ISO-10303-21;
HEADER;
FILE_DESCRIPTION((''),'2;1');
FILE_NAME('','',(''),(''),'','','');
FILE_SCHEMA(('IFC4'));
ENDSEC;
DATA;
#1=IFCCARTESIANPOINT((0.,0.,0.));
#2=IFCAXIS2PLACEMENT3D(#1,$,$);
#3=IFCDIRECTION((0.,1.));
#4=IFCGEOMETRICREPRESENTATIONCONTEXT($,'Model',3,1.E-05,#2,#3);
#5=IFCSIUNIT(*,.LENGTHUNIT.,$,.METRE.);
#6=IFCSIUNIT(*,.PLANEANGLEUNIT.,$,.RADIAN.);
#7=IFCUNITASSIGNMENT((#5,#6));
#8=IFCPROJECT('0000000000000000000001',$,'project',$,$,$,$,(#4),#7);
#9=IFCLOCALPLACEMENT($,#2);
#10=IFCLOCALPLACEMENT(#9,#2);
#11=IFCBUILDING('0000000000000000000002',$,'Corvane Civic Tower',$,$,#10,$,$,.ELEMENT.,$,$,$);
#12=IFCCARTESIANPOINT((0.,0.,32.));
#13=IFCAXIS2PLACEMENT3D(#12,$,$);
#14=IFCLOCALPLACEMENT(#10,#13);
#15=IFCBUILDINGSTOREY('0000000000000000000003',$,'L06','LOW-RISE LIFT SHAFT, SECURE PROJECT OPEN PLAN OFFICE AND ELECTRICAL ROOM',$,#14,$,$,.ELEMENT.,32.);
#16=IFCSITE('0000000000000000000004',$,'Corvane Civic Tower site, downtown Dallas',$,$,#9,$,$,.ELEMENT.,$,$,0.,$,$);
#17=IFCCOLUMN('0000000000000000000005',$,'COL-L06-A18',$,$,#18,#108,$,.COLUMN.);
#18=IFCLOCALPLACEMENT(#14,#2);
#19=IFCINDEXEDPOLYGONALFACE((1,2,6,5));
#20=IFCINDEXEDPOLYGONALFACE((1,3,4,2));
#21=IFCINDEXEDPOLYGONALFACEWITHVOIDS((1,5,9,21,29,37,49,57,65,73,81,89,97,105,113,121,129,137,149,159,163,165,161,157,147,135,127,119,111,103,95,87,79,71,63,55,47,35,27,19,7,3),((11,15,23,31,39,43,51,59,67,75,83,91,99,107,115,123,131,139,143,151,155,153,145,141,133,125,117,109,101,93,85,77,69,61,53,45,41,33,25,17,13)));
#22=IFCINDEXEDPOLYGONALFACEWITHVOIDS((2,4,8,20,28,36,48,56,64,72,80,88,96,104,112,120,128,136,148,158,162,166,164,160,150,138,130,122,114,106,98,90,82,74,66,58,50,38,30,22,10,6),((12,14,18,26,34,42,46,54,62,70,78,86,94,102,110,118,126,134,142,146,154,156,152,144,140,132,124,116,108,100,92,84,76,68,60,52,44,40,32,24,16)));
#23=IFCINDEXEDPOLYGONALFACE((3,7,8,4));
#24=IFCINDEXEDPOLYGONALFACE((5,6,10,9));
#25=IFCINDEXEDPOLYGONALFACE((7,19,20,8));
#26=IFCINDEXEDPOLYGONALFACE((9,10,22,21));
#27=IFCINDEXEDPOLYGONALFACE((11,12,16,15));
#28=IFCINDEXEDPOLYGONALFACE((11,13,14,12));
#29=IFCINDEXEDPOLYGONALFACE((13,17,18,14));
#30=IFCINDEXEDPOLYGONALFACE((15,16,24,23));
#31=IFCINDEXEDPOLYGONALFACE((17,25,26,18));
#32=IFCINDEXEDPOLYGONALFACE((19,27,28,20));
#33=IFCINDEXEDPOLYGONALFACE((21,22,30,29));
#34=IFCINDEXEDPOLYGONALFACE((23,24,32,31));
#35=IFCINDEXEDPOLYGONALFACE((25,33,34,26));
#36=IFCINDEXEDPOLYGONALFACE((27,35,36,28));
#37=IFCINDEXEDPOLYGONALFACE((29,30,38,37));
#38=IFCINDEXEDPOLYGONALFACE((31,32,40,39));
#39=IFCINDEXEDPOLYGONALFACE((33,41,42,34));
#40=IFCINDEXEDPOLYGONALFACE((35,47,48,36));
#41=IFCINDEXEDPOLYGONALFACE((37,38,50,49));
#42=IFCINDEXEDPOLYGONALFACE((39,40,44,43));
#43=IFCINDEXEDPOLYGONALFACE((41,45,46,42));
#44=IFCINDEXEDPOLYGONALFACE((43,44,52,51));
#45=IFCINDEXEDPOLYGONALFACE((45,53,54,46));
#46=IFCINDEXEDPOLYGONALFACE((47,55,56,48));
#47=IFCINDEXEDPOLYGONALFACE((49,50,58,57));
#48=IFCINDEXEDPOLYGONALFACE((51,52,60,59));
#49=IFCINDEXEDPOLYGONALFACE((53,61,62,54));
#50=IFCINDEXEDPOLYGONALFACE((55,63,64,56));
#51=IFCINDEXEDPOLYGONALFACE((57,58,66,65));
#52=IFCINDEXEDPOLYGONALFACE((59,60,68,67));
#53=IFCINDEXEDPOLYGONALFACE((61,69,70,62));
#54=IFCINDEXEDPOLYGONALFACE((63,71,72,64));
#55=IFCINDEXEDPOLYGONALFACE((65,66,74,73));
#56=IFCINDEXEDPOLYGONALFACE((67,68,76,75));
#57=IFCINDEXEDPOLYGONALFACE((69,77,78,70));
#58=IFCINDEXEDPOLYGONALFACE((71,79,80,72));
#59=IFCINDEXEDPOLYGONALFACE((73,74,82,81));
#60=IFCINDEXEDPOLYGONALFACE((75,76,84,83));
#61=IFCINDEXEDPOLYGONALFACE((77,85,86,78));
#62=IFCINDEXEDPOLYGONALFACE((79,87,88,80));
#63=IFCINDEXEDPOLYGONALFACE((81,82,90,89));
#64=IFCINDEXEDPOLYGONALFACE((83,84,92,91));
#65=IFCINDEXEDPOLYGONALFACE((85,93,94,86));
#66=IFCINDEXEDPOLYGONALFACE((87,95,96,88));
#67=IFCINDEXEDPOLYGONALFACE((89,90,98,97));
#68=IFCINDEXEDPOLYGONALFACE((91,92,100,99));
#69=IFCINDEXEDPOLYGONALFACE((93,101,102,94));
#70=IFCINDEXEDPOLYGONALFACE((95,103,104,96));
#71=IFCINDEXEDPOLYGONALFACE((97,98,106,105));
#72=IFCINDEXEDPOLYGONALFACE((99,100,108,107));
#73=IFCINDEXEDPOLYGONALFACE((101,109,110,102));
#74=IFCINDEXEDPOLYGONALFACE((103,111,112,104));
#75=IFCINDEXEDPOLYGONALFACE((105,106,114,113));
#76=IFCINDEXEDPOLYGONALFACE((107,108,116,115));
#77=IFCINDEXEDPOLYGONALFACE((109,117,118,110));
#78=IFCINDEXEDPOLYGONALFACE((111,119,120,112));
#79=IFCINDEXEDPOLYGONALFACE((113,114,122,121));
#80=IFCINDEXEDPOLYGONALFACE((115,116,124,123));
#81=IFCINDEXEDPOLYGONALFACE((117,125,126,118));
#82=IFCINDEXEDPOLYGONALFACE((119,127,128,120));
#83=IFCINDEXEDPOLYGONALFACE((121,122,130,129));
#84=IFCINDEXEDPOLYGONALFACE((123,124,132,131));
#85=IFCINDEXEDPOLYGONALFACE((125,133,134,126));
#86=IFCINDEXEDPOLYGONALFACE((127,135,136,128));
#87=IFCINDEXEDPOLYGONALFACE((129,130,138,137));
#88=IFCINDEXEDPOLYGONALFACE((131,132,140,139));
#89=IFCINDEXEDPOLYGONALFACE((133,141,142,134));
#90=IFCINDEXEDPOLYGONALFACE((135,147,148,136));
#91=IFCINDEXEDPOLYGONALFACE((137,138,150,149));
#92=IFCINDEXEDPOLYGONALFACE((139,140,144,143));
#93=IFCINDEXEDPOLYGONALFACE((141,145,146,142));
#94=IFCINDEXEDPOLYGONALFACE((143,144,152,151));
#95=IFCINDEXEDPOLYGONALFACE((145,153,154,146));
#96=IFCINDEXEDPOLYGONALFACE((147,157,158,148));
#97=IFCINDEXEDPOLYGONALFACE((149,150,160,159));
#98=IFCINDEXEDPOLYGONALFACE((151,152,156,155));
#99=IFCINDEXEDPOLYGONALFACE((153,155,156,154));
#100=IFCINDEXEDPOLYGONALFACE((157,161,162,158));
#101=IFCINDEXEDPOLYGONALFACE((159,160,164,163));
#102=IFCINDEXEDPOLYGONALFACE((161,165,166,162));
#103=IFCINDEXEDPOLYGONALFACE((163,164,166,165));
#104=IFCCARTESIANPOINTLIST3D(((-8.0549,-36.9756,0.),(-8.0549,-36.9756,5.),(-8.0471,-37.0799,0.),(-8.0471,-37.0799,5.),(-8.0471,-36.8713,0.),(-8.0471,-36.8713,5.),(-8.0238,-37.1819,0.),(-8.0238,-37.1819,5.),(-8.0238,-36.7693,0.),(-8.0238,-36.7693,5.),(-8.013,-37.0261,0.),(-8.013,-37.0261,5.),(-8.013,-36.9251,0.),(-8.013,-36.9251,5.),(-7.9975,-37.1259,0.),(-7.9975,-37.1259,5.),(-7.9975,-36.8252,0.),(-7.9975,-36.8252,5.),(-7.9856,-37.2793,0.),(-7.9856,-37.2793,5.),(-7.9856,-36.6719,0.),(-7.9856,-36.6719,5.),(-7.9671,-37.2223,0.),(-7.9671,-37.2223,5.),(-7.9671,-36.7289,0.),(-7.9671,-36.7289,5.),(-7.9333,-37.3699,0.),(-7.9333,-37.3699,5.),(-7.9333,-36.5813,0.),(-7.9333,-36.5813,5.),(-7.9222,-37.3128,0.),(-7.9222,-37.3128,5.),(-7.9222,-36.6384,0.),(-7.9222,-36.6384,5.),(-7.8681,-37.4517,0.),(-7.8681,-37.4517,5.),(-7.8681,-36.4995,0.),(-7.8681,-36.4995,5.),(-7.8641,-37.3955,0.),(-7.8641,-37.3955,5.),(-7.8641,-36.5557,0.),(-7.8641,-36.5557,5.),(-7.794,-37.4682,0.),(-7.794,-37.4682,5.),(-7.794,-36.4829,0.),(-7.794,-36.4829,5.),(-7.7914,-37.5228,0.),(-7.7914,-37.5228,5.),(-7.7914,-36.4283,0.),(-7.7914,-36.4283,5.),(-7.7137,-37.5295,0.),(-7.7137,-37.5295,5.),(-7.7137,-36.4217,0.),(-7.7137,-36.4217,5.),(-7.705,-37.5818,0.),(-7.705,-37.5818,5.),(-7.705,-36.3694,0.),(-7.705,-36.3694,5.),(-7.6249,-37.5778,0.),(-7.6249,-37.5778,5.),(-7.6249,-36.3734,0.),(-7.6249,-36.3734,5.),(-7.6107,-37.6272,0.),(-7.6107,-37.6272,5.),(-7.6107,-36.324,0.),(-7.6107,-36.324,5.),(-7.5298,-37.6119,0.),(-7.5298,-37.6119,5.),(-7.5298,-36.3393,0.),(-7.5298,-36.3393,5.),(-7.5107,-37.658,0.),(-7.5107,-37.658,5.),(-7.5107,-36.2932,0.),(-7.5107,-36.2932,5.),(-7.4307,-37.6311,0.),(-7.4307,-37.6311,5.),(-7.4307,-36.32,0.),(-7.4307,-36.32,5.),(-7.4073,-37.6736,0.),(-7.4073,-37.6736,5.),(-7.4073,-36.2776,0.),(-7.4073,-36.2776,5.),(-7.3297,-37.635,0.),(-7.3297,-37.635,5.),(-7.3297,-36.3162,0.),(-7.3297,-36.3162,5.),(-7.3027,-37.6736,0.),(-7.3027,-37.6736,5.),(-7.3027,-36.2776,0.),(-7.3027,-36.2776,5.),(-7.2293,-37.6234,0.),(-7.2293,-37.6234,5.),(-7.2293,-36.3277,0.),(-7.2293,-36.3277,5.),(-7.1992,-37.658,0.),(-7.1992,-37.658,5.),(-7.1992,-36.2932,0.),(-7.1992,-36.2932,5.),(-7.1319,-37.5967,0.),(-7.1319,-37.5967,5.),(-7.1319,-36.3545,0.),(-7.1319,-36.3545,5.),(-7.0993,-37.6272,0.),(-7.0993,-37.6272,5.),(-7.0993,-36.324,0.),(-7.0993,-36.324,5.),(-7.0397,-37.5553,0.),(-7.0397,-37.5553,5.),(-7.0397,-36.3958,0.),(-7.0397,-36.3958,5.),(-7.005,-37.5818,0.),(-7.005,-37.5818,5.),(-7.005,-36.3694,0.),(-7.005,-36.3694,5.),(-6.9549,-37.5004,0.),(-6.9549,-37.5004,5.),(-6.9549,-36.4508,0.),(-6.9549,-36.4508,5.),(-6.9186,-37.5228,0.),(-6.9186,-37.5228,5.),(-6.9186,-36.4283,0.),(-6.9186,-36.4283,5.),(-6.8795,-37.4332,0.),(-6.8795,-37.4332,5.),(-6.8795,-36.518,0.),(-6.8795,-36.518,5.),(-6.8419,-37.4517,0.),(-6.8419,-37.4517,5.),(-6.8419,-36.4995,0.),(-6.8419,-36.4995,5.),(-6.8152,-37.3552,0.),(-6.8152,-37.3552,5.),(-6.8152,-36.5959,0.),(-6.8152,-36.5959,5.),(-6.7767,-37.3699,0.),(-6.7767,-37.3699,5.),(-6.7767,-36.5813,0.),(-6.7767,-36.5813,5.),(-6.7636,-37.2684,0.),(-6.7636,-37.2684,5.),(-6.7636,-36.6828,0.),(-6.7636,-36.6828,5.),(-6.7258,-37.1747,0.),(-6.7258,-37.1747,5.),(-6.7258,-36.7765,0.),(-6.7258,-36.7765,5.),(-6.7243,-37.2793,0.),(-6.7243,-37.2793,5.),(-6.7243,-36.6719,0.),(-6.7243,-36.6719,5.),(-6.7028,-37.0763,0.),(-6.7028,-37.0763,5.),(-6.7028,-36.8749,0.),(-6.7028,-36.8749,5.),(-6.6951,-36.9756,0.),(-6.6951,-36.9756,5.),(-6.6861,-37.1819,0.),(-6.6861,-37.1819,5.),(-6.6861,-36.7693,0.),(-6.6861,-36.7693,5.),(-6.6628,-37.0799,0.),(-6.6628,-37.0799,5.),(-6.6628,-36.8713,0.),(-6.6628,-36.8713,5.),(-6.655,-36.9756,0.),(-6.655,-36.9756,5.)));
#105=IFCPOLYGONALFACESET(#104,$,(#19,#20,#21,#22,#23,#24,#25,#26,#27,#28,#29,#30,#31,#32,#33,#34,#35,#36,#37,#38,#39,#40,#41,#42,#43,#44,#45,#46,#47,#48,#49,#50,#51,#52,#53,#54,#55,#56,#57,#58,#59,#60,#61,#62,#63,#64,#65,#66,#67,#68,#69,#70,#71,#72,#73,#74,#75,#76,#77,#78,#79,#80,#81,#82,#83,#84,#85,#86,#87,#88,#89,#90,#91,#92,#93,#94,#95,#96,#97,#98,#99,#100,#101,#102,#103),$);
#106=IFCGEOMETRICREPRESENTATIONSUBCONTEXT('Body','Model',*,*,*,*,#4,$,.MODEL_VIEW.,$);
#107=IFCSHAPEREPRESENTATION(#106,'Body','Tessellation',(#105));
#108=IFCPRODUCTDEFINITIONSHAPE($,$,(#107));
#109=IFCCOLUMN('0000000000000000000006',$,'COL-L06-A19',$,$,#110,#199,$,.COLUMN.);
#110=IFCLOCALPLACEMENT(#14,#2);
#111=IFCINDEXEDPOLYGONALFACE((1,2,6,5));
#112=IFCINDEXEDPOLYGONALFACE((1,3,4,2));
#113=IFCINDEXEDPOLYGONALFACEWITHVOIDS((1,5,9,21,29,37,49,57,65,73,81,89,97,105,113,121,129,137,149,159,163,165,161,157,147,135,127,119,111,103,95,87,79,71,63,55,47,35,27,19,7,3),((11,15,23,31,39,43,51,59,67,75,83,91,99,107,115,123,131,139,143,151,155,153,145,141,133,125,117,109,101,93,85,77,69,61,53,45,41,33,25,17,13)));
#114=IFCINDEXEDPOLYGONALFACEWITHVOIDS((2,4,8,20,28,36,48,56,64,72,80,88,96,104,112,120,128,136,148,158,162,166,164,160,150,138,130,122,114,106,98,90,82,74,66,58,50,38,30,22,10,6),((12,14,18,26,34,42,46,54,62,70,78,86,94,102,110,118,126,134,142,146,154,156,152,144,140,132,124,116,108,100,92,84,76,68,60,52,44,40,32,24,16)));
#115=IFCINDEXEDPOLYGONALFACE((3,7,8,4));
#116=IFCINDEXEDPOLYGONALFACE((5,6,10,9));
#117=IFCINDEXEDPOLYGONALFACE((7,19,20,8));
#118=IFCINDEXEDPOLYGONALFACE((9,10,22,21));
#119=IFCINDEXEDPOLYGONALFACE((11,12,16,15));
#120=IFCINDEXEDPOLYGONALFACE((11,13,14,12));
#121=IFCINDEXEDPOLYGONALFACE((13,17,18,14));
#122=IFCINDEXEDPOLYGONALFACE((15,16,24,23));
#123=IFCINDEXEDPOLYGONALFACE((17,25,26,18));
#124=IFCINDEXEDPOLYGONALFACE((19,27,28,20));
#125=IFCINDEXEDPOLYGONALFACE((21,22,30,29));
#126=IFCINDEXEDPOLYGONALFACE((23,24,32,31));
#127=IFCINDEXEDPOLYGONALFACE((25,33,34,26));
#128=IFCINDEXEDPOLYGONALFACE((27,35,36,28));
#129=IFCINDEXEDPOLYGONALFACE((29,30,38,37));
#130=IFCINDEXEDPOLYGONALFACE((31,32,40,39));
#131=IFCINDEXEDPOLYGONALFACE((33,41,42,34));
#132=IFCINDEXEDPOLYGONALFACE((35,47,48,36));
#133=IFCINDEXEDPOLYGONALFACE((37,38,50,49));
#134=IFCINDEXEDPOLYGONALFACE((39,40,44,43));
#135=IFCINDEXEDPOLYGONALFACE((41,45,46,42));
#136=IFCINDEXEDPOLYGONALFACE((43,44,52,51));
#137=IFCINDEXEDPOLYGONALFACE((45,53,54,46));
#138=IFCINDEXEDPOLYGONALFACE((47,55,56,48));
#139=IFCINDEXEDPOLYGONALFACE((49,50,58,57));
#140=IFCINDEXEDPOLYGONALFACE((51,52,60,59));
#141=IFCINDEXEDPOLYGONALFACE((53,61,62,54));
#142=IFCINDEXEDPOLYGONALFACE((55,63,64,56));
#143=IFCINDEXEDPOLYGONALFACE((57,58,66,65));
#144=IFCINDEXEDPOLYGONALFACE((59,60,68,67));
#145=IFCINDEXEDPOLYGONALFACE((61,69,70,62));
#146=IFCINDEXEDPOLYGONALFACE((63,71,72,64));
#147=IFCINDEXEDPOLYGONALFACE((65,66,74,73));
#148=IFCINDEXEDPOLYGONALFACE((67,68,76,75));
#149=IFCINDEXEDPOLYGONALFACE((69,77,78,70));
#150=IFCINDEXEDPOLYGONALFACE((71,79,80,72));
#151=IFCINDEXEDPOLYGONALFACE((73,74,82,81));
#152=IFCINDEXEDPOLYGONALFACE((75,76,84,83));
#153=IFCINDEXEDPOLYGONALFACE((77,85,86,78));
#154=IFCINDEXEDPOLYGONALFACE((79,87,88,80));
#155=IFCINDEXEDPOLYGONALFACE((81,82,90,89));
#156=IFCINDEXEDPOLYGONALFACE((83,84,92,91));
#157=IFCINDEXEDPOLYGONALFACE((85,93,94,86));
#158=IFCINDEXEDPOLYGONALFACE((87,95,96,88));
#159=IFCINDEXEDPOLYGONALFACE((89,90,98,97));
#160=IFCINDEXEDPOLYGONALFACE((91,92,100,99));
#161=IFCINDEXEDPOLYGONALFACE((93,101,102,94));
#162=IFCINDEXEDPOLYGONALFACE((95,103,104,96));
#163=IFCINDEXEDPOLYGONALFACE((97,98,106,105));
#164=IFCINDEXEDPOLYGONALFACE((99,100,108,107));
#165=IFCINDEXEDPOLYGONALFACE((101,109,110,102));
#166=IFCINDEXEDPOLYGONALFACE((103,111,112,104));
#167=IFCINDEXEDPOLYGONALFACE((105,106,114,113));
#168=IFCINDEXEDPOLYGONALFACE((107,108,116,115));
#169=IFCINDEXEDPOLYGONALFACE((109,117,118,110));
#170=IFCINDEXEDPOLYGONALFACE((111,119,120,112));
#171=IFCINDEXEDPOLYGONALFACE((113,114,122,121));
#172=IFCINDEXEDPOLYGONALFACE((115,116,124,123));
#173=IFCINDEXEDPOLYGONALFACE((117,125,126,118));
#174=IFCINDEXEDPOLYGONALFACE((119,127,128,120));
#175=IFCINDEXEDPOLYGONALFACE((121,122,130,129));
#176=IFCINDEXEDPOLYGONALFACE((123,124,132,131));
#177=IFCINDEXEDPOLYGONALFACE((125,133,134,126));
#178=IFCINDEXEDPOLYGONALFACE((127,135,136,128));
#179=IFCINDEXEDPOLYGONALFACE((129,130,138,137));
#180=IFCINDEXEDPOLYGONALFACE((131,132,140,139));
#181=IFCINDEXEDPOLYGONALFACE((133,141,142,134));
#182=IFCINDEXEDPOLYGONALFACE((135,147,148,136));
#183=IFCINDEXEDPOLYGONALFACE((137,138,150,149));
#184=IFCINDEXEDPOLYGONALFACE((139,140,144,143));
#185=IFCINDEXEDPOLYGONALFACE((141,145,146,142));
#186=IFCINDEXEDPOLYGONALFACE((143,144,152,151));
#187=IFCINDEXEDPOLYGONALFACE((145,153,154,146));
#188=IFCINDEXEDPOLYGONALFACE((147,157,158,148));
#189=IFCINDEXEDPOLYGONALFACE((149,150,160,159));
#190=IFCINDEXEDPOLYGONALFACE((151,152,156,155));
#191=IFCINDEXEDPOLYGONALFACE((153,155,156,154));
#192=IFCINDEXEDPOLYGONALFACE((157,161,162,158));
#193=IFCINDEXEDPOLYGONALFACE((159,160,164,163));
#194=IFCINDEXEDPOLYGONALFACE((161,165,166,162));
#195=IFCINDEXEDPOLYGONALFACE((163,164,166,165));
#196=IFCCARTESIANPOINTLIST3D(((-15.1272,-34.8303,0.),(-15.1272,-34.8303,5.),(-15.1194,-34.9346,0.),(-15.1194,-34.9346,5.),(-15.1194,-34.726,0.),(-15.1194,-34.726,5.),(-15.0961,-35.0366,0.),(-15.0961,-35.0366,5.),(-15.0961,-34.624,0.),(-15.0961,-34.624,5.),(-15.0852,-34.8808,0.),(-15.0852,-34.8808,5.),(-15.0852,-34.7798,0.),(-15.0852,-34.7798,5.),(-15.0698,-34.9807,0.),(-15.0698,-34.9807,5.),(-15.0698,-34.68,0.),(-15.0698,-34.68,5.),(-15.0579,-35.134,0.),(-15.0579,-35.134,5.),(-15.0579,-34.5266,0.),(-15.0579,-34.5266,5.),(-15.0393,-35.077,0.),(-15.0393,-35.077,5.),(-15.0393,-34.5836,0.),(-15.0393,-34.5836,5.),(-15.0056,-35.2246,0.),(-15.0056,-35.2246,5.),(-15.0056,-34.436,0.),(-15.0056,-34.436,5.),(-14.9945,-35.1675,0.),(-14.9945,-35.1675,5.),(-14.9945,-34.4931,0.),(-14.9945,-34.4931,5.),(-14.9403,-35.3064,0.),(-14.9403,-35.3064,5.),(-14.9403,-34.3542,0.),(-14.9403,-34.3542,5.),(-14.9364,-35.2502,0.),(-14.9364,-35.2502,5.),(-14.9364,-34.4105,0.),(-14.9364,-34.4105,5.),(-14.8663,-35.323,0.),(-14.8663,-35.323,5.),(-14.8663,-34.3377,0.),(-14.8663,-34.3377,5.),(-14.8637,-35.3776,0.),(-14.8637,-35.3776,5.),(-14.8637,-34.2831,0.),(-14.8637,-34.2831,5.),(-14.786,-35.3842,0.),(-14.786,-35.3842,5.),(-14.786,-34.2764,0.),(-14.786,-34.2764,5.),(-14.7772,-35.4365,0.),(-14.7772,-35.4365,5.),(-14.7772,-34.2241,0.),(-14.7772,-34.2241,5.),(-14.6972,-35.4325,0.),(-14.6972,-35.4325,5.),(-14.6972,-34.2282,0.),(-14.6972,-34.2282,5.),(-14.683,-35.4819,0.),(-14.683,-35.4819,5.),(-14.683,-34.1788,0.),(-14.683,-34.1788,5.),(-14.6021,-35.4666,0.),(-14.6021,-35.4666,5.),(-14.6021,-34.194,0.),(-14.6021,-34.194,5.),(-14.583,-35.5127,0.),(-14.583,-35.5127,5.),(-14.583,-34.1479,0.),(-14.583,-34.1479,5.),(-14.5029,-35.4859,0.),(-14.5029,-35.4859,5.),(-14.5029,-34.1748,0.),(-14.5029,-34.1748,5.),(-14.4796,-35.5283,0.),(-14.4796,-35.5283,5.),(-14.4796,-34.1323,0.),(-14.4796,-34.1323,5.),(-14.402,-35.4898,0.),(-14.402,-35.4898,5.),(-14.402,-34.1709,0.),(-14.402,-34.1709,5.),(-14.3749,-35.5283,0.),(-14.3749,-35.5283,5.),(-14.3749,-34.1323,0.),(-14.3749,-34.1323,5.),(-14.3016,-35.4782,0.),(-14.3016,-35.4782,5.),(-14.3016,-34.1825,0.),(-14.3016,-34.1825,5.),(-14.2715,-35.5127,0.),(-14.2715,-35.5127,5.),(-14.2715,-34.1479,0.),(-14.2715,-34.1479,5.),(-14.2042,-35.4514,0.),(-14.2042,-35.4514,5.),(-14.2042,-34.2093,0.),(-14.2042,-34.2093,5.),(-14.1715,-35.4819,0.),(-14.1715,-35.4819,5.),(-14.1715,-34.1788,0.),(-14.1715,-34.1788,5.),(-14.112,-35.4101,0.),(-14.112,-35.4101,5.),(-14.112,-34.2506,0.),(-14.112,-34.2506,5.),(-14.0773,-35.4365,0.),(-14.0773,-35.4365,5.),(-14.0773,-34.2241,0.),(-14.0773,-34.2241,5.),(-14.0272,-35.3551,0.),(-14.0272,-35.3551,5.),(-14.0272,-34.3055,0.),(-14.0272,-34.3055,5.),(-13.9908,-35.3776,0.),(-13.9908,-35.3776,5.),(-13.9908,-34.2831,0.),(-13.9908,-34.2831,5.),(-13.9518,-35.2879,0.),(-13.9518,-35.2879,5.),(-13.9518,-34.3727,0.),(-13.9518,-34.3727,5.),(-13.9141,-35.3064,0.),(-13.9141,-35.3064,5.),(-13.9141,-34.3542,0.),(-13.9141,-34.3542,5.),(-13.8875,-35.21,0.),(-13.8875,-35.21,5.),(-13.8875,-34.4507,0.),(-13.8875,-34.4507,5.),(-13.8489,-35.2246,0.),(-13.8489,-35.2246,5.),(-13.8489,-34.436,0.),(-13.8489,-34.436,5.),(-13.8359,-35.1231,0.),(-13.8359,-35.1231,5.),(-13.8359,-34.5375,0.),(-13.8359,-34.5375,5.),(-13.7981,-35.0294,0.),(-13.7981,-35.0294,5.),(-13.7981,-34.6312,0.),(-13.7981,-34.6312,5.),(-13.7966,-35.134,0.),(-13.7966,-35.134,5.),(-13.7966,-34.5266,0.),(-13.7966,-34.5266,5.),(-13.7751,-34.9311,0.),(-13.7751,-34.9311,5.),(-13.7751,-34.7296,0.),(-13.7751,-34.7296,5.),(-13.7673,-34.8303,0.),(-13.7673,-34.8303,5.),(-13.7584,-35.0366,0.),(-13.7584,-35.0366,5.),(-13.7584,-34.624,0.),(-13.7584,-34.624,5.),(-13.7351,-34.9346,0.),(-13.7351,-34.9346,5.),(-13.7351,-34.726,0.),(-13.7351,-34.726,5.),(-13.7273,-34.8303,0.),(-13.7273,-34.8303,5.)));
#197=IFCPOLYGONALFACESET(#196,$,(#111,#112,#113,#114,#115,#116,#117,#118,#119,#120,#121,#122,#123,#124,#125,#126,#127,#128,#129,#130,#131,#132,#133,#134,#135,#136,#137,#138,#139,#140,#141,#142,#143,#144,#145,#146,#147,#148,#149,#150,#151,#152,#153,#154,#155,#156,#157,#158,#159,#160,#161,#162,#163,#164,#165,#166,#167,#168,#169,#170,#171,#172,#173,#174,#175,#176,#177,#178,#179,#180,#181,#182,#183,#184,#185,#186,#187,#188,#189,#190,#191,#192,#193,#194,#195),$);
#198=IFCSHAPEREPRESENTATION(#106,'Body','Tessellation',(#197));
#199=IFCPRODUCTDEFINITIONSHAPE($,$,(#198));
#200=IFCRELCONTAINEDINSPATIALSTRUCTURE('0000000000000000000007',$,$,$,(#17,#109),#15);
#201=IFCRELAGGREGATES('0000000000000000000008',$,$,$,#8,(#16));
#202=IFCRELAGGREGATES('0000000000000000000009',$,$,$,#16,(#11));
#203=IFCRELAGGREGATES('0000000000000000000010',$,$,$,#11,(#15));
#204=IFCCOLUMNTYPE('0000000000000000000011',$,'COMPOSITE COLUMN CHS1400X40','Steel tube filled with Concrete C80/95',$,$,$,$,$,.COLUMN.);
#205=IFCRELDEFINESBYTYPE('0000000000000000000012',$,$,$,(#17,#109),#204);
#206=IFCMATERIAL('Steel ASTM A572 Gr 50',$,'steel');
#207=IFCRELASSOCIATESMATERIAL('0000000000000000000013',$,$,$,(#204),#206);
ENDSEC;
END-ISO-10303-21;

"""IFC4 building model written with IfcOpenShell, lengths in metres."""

from ifc_helpers import new_model, si_unit, direction, frame, origin, origin_2d, place, context, subcontext, project, spatial, hollow_circle, extrude, material, material_profile, profile_set, type_object, element, save


model = new_model("IFC4")

# Units and contexts
model_context = context("Model", 3, precision=1e-05, world=origin(), true_north=direction((0.0, 1.0)))
body_context = subcontext(model_context, "Body", "Model", "MODEL_VIEW")
ifc_project = project(units=[si_unit("LENGTHUNIT", "METRE"), si_unit("PLANEANGLEUNIT", "RADIAN")], contexts=[model_context])

# Site, building, storey
site_placement = place(None, origin())
site = spatial("IfcSite", under=ifc_project, at=site_placement, Name="Corvane Civic Tower site, downtown Dallas", CompositionType="ELEMENT", RefElevation=0.0)
building_placement = place(site_placement, origin())
building = spatial("IfcBuilding", under=site, at=building_placement, Name="Corvane Civic Tower", CompositionType="ELEMENT")
storey_placement = place(building_placement, frame((0.0, 0.0, 32.0)))
storey = spatial("IfcBuildingStorey", under=building, at=storey_placement, Name="L06", Description="LOW-RISE LIFT SHAFT, SECURE PROJECT OPEN PLAN OFFICE AND ELECTRICAL ROOM", CompositionType="ELEMENT", Elevation=32.0)

# Columns
ifc_material_1 = material(Name="Steel ASTM A572 Gr 50", Category="steel")
ifc_material_profile_1 = material_profile(ifc_material_1, hollow_circle(Radius=0.7, WallThickness=0.04, at=origin_2d()), Name="CHS1400X40")
ifc_profile_set_1 = profile_set([ifc_material_profile_1], Name="Steel ASTM A572 Gr 50")
column_type_1 = type_object("IfcColumnType", Name="COMPOSITE COLUMN CHS1400X40", Description="Steel tube filled with Concrete C80/95", PredefinedType="COLUMN", material=ifc_profile_set_1)
for number, where, z_axis, x_axis, name in (
    (1, (-7.355, -36.9756, 0.0), (0.0, 0.0, 1.0), (1.0, 0.0, 0.0), "COL-L06-A18"),
    (2, (-14.4272, -34.8303, 0.0), (0.0, 0.0, 1.0), (1.0, 0.0, 0.0), "COL-L06-A19"),
):
    element("IfcColumn", number, at=place(storey_placement, frame(where, z_axis=z_axis, x_axis=x_axis)), inside=storey, type_object=column_type_1, Name=name, PredefinedType="COLUMN", context=body_context, shape_type="SweptSolid", body=[
        extrude(hollow_circle(Radius=0.7, WallThickness=0.04, at=origin_2d()), origin(), (0.0, 0.0, 1.0), 5.0),
    ])

save(model, "model.ifc")
